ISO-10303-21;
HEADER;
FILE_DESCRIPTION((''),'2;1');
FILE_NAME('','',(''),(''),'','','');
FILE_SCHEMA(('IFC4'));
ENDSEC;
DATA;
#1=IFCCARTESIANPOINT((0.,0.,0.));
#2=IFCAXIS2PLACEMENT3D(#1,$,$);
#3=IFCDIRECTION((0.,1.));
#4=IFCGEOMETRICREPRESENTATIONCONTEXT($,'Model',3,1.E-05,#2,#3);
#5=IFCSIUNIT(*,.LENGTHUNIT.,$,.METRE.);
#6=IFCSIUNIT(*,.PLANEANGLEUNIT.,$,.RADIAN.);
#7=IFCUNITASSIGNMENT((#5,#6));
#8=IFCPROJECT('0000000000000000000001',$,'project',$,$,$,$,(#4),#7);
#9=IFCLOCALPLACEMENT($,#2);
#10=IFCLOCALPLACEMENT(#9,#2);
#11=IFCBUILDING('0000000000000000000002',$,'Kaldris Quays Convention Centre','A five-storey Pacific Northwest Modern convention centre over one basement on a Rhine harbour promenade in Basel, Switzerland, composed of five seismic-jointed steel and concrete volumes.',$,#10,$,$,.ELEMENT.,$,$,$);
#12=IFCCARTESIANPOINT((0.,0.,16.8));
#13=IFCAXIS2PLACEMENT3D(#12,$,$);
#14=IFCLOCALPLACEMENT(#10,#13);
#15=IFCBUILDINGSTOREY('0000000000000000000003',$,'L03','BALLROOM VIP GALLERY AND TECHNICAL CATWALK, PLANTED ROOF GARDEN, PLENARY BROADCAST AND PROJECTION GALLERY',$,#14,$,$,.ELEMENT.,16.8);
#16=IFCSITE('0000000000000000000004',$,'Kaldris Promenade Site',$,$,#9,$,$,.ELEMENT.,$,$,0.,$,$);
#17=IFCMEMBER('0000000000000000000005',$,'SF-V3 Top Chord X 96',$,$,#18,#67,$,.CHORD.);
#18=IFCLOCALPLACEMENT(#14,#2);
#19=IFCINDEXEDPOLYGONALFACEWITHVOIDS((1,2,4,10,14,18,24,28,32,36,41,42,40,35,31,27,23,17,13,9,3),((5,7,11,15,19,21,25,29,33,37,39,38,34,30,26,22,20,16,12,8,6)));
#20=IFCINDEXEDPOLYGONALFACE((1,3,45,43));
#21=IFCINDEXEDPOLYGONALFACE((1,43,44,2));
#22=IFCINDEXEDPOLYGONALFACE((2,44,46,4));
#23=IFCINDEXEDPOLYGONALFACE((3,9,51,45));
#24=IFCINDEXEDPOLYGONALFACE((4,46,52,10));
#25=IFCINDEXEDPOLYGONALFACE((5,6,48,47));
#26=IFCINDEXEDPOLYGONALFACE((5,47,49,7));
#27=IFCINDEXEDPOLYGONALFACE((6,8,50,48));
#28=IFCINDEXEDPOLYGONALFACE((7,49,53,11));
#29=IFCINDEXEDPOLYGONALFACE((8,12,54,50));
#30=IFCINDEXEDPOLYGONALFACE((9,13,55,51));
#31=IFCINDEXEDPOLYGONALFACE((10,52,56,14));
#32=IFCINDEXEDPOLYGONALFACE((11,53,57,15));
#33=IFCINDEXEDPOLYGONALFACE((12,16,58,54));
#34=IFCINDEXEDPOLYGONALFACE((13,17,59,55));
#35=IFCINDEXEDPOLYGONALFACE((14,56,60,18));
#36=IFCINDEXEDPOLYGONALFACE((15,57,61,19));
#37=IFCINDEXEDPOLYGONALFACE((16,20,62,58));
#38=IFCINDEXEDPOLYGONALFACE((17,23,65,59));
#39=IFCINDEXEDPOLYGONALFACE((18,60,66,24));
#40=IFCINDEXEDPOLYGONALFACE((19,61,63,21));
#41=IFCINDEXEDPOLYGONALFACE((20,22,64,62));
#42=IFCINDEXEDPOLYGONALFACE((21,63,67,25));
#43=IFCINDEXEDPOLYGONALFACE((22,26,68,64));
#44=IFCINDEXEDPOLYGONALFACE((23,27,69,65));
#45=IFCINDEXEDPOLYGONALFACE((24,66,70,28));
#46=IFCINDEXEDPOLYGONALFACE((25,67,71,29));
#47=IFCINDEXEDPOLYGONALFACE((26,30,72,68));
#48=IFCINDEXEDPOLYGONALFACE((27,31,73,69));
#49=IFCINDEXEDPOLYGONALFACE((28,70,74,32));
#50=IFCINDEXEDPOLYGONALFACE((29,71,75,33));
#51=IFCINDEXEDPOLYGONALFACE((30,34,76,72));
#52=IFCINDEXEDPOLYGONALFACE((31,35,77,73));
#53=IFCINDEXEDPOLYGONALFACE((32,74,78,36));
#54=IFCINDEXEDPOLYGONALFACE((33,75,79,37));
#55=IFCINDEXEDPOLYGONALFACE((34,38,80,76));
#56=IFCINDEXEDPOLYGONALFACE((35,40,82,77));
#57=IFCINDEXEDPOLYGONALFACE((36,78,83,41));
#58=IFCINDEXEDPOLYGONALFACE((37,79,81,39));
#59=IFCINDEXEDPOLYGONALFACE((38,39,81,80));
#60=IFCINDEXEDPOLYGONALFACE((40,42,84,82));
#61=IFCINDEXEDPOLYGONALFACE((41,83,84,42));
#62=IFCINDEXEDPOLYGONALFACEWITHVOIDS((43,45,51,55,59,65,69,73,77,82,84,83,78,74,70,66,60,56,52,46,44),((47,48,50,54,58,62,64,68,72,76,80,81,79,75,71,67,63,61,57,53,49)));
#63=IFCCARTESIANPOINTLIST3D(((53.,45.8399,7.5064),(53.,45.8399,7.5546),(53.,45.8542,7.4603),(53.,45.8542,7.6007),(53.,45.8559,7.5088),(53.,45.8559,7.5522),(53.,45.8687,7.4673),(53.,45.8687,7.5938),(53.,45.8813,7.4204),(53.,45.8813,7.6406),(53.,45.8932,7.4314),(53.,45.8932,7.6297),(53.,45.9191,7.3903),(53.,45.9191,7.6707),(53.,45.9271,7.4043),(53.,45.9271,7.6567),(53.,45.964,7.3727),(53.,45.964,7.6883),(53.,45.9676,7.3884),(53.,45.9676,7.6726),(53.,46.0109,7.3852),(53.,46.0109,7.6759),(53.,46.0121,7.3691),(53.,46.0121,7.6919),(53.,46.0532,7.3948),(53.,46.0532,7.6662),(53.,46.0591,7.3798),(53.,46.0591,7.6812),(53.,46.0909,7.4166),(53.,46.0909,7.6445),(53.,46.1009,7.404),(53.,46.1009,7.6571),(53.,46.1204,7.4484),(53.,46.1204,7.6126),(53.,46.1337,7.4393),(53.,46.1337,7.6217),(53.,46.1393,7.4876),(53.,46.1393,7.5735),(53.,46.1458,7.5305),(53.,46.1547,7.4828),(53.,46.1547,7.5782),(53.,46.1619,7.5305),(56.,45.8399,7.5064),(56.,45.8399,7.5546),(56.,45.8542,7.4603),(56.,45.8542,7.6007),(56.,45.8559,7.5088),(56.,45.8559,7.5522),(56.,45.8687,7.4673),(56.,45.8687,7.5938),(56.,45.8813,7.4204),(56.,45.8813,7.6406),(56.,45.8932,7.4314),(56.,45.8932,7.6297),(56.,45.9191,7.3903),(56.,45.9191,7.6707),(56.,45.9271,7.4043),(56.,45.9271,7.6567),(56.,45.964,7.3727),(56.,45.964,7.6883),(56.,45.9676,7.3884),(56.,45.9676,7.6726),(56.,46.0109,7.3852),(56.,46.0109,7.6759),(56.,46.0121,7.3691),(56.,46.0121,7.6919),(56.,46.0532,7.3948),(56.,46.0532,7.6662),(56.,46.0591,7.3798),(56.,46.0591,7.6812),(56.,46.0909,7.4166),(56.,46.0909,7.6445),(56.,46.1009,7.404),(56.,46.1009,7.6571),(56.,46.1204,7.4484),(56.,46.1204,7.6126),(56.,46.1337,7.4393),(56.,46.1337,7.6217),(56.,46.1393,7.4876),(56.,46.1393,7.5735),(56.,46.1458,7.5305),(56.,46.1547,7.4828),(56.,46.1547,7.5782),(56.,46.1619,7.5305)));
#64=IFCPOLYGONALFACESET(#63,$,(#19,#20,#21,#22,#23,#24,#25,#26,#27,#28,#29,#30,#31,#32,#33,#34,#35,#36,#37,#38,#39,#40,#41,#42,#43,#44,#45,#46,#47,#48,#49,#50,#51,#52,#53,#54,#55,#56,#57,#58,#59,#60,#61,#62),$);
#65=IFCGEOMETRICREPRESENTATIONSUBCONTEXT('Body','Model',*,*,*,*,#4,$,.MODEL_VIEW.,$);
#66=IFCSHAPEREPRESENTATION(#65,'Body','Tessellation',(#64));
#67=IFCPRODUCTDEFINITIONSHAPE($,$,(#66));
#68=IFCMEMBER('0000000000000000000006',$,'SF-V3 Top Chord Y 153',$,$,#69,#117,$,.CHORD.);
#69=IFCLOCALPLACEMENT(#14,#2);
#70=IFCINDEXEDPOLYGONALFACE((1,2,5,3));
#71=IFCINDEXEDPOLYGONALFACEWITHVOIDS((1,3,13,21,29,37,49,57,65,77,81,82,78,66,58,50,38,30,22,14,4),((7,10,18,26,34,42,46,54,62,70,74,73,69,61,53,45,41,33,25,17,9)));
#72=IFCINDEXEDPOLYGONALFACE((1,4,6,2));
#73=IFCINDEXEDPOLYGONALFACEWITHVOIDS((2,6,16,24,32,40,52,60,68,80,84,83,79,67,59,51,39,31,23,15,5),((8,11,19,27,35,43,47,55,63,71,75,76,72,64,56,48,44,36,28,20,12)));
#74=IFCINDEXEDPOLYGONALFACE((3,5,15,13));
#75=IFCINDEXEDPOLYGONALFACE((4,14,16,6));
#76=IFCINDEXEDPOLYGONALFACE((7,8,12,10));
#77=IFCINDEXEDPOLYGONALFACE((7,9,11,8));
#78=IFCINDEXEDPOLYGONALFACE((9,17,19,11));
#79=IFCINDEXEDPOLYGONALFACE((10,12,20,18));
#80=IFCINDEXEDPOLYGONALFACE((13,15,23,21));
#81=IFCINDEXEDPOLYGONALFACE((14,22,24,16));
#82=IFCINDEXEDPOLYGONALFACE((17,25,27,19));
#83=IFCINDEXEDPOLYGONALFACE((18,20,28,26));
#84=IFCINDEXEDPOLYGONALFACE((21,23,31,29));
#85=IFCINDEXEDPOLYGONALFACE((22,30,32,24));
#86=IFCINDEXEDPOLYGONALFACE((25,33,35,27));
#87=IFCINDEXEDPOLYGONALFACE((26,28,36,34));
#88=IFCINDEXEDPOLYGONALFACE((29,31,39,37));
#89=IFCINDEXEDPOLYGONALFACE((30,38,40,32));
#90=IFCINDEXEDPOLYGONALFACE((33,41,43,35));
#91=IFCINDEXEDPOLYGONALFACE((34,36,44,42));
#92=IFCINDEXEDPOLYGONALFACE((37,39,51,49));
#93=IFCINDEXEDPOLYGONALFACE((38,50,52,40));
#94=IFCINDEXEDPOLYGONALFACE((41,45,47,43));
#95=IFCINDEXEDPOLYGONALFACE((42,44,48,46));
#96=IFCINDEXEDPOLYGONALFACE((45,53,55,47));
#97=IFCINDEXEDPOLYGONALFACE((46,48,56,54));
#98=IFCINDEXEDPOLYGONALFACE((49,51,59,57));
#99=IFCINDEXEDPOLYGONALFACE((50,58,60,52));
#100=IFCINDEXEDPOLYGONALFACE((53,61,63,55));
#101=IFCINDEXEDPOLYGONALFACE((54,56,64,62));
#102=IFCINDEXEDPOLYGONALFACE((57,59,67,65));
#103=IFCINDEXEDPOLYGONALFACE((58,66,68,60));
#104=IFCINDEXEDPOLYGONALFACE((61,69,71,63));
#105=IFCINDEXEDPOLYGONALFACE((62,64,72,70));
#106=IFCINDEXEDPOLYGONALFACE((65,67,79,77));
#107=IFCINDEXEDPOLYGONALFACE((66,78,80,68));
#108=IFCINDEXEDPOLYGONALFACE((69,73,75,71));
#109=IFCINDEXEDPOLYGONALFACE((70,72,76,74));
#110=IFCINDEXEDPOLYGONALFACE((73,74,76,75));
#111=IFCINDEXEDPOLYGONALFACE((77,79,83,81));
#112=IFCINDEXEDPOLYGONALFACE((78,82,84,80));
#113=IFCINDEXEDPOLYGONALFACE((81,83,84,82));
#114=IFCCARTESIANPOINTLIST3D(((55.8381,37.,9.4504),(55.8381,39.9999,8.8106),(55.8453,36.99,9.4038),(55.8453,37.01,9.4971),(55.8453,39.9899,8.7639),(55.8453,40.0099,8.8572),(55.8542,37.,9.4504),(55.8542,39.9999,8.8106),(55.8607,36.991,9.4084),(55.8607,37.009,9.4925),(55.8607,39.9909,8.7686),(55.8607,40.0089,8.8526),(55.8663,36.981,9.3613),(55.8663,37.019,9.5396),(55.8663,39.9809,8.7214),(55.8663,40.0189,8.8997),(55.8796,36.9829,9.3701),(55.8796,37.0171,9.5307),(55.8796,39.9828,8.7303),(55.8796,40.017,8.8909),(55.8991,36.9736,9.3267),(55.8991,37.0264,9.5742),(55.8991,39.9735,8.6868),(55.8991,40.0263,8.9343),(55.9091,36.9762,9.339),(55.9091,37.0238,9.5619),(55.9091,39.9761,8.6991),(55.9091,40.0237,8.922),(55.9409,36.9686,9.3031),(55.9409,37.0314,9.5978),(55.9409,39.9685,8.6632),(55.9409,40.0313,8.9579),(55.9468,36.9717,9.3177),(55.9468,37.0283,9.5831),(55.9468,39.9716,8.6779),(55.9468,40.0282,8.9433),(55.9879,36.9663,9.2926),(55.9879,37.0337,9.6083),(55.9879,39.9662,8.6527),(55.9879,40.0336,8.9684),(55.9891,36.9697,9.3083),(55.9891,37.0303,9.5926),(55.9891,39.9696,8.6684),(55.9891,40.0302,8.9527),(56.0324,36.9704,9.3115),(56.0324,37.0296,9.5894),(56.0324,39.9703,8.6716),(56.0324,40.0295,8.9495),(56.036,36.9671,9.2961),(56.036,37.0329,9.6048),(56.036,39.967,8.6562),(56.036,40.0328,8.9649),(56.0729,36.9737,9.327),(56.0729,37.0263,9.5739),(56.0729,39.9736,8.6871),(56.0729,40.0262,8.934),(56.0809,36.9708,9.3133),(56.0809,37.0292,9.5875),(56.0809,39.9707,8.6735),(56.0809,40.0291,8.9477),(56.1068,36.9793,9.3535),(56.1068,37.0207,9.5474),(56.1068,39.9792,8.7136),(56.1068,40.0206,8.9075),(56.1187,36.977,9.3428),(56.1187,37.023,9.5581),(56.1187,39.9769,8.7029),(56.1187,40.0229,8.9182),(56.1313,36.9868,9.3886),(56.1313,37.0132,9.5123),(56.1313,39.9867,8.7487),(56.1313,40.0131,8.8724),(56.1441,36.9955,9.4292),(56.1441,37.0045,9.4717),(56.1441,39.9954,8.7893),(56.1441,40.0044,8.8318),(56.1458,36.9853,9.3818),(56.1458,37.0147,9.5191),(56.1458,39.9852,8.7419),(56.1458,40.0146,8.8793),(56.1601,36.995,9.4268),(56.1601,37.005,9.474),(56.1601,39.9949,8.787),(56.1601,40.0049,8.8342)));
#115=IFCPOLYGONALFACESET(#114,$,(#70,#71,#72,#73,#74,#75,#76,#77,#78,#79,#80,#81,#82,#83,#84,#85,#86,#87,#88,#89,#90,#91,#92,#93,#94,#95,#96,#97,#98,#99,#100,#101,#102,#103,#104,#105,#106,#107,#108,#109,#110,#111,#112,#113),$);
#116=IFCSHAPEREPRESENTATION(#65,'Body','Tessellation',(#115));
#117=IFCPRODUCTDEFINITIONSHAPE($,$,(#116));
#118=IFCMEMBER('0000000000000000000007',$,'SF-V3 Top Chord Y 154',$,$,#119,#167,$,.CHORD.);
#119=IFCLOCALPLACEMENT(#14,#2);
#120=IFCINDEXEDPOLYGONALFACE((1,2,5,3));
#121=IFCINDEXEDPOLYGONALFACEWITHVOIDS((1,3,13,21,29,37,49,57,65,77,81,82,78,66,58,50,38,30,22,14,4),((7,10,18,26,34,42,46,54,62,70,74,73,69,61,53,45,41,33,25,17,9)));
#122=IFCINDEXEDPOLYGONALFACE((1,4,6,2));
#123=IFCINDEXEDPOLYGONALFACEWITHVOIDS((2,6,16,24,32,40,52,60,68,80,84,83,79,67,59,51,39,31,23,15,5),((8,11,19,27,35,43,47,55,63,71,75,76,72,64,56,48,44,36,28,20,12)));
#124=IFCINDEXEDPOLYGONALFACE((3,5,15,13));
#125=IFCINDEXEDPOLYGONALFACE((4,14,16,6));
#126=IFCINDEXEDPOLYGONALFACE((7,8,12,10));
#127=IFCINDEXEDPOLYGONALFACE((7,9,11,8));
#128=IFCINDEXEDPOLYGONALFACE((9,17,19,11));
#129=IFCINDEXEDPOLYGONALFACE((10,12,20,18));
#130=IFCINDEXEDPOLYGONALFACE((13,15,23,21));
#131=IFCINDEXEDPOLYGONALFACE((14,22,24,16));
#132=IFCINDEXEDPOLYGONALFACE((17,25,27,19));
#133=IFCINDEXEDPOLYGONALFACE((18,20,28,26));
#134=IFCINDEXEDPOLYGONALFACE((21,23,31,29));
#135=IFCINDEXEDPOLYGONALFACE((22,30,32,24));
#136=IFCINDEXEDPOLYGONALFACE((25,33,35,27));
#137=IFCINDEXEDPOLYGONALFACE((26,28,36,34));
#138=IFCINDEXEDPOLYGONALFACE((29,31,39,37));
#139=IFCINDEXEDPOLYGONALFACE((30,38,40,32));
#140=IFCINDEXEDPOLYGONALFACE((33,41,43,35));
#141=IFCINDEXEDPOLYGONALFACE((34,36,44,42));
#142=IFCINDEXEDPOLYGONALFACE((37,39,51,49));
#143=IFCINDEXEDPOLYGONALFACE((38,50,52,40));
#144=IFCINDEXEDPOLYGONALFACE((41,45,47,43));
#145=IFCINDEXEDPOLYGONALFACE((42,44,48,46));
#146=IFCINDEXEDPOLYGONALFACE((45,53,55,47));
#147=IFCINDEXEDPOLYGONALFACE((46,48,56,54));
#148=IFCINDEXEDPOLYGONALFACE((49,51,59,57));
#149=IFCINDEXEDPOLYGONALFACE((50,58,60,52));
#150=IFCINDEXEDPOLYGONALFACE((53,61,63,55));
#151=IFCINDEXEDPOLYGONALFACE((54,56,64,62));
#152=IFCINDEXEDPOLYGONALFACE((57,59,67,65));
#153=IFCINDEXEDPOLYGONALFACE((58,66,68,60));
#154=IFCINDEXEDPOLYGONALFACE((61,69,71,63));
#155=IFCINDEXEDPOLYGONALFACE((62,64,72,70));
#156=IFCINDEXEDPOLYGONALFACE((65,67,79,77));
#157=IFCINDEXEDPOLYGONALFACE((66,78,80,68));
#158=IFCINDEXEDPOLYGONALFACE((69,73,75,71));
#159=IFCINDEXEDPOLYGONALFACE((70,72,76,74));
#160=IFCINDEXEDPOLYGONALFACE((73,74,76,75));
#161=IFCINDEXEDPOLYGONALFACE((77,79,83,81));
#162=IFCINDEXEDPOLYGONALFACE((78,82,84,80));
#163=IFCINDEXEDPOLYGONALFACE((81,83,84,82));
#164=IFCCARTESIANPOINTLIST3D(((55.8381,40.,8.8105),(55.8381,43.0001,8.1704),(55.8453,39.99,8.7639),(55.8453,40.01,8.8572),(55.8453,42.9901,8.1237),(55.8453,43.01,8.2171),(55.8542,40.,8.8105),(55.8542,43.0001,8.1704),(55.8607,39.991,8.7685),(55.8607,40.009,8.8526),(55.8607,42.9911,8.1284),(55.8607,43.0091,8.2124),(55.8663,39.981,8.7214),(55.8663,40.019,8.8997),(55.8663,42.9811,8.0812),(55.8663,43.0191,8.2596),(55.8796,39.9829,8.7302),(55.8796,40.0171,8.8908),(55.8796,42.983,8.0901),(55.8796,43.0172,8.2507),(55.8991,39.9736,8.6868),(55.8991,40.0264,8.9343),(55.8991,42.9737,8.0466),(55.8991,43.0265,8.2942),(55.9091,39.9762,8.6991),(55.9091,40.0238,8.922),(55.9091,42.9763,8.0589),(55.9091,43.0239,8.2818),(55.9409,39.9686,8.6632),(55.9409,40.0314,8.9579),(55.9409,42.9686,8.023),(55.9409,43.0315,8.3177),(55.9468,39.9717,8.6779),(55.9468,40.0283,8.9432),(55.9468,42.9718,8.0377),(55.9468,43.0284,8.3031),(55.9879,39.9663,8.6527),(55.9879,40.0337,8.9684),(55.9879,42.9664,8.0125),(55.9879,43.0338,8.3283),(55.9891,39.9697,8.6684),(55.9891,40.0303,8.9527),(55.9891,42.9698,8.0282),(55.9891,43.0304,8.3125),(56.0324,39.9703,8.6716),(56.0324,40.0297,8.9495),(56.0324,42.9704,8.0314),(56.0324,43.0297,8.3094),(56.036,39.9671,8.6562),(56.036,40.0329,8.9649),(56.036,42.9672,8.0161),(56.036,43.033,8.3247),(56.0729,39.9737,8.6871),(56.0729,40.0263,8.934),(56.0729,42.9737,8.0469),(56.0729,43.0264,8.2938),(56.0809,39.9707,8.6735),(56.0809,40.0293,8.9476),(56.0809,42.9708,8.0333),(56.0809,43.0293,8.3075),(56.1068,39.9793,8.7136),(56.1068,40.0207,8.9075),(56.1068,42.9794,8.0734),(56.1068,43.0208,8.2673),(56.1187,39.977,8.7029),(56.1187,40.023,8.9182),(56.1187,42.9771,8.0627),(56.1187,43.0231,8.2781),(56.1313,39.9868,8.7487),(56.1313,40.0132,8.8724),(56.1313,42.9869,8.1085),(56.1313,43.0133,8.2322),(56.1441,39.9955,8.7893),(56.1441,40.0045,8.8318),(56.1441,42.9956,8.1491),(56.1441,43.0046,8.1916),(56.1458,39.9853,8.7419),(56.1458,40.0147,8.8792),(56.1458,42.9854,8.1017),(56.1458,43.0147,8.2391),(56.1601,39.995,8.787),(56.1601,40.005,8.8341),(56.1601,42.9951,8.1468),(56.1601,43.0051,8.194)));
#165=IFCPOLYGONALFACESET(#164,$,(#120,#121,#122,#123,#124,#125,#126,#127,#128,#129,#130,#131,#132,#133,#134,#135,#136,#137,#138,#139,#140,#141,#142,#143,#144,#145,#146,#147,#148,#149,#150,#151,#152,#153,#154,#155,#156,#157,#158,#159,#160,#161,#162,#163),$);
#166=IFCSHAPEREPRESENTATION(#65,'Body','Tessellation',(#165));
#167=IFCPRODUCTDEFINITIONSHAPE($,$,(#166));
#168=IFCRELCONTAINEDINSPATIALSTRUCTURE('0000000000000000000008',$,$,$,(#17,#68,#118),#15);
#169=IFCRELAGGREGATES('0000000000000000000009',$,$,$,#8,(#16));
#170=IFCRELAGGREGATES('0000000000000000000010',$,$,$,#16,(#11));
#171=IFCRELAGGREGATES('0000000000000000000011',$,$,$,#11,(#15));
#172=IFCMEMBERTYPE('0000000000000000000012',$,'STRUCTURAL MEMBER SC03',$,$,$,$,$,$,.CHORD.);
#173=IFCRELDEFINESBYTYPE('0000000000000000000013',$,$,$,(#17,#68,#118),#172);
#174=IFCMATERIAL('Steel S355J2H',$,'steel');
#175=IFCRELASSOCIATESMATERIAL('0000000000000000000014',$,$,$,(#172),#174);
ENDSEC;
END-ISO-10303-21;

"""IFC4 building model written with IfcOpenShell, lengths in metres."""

from ifc_helpers import new_model, si_unit, direction, frame, origin, origin_2d, place, context, subcontext, project, spatial, hollow_circle, extrude, material, material_profile, profile_set, type_object, element, save


model = new_model("IFC4")

# Units and contexts
model_context = context("Model", 3, precision=1e-05, world=origin(), true_north=direction((0.0, 1.0)))
body_context = subcontext(model_context, "Body", "Model", "MODEL_VIEW")
ifc_project = project(units=[si_unit("LENGTHUNIT", "METRE"), si_unit("PLANEANGLEUNIT", "RADIAN")], contexts=[model_context])

# Site, building, storey
site_placement = place(None, origin())
site = spatial("IfcSite", under=ifc_project, at=site_placement, Name="Kaldris Promenade Site", CompositionType="ELEMENT", RefElevation=0.0)
building_placement = place(site_placement, origin())
building = spatial("IfcBuilding", under=site, at=building_placement, Name="Kaldris Quays Convention Centre", Description="A five-storey Pacific Northwest Modern convention centre over one basement on a Rhine harbour promenade in Basel, Switzerland, composed of five seismic-jointed steel and concrete volumes.", CompositionType="ELEMENT")
storey_placement = place(building_placement, frame((0.0, 0.0, 16.8)))
storey = spatial("IfcBuildingStorey", under=building, at=storey_placement, Name="L03", Description="BALLROOM VIP GALLERY AND TECHNICAL CATWALK, PLANTED ROOF GARDEN, PLENARY BROADCAST AND PROJECTION GALLERY", CompositionType="ELEMENT", Elevation=16.8)

# Members
ifc_material_1 = material(Name="Steel S355J2H", Category="steel")
ifc_material_profile_1 = material_profile(ifc_material_1, hollow_circle(Radius=0.1619, WallThickness=0.0161, at=origin_2d()), Name="CHS 323.9x16")
ifc_profile_set_1 = profile_set([ifc_material_profile_1], Name="Steel S355J2H")
member_type_1 = type_object("IfcMemberType", Name="STRUCTURAL MEMBER SC03", PredefinedType="CHORD", material=ifc_profile_set_1)
for number, where, z_axis, x_axis, name in (
    (1, (53.0, 46.0, 7.5305), (1.0, 0.0, 0.0), (0.0, 1.0, 0.0), "SF-V3 Top Chord X 96"),
):
    element("IfcMember", number, at=place(storey_placement, frame(where, z_axis=z_axis, x_axis=x_axis)), inside=storey, type_object=member_type_1, Name=name, PredefinedType="CHORD", context=body_context, shape_type="SweptSolid", body=[
        extrude(hollow_circle(Radius=0.1619, WallThickness=0.0161, at=origin_2d()), origin(), (0.0, 0.0, 1.0), 3.0),
    ])
member_1_placement = place(storey_placement, frame((56.0, 37.0, 9.4504), z_axis=(0.0, 0.978, -0.208605), x_axis=(-1.0, 0.0, 0.0)))
element("IfcMember", 2, at=member_1_placement, inside=storey, type_object=member_type_1, Name="SF-V3 Top Chord Y 153", PredefinedType="CHORD", context=body_context, shape_type="SweptSolid", body=[
    extrude(hollow_circle(Radius=0.1619, WallThickness=0.0161, at=origin_2d()), origin(), (0.0, 0.0, 1.0), 3.0674),
])
member_2_placement = place(storey_placement, frame((56.0, 40.0, 8.8105), z_axis=(0.0, 0.977984, -0.208681), x_axis=(-1.0, 0.0, 0.0)))
element("IfcMember", 3, at=member_2_placement, inside=storey, type_object=member_type_1, Name="SF-V3 Top Chord Y 154", PredefinedType="CHORD", context=body_context, shape_type="SweptSolid", body=[
    extrude(hollow_circle(Radius=0.1619, WallThickness=0.0161, at=origin_2d()), origin(), (0.0, 0.0, 1.0), 3.0676),
])

save(model, "model.ifc")
